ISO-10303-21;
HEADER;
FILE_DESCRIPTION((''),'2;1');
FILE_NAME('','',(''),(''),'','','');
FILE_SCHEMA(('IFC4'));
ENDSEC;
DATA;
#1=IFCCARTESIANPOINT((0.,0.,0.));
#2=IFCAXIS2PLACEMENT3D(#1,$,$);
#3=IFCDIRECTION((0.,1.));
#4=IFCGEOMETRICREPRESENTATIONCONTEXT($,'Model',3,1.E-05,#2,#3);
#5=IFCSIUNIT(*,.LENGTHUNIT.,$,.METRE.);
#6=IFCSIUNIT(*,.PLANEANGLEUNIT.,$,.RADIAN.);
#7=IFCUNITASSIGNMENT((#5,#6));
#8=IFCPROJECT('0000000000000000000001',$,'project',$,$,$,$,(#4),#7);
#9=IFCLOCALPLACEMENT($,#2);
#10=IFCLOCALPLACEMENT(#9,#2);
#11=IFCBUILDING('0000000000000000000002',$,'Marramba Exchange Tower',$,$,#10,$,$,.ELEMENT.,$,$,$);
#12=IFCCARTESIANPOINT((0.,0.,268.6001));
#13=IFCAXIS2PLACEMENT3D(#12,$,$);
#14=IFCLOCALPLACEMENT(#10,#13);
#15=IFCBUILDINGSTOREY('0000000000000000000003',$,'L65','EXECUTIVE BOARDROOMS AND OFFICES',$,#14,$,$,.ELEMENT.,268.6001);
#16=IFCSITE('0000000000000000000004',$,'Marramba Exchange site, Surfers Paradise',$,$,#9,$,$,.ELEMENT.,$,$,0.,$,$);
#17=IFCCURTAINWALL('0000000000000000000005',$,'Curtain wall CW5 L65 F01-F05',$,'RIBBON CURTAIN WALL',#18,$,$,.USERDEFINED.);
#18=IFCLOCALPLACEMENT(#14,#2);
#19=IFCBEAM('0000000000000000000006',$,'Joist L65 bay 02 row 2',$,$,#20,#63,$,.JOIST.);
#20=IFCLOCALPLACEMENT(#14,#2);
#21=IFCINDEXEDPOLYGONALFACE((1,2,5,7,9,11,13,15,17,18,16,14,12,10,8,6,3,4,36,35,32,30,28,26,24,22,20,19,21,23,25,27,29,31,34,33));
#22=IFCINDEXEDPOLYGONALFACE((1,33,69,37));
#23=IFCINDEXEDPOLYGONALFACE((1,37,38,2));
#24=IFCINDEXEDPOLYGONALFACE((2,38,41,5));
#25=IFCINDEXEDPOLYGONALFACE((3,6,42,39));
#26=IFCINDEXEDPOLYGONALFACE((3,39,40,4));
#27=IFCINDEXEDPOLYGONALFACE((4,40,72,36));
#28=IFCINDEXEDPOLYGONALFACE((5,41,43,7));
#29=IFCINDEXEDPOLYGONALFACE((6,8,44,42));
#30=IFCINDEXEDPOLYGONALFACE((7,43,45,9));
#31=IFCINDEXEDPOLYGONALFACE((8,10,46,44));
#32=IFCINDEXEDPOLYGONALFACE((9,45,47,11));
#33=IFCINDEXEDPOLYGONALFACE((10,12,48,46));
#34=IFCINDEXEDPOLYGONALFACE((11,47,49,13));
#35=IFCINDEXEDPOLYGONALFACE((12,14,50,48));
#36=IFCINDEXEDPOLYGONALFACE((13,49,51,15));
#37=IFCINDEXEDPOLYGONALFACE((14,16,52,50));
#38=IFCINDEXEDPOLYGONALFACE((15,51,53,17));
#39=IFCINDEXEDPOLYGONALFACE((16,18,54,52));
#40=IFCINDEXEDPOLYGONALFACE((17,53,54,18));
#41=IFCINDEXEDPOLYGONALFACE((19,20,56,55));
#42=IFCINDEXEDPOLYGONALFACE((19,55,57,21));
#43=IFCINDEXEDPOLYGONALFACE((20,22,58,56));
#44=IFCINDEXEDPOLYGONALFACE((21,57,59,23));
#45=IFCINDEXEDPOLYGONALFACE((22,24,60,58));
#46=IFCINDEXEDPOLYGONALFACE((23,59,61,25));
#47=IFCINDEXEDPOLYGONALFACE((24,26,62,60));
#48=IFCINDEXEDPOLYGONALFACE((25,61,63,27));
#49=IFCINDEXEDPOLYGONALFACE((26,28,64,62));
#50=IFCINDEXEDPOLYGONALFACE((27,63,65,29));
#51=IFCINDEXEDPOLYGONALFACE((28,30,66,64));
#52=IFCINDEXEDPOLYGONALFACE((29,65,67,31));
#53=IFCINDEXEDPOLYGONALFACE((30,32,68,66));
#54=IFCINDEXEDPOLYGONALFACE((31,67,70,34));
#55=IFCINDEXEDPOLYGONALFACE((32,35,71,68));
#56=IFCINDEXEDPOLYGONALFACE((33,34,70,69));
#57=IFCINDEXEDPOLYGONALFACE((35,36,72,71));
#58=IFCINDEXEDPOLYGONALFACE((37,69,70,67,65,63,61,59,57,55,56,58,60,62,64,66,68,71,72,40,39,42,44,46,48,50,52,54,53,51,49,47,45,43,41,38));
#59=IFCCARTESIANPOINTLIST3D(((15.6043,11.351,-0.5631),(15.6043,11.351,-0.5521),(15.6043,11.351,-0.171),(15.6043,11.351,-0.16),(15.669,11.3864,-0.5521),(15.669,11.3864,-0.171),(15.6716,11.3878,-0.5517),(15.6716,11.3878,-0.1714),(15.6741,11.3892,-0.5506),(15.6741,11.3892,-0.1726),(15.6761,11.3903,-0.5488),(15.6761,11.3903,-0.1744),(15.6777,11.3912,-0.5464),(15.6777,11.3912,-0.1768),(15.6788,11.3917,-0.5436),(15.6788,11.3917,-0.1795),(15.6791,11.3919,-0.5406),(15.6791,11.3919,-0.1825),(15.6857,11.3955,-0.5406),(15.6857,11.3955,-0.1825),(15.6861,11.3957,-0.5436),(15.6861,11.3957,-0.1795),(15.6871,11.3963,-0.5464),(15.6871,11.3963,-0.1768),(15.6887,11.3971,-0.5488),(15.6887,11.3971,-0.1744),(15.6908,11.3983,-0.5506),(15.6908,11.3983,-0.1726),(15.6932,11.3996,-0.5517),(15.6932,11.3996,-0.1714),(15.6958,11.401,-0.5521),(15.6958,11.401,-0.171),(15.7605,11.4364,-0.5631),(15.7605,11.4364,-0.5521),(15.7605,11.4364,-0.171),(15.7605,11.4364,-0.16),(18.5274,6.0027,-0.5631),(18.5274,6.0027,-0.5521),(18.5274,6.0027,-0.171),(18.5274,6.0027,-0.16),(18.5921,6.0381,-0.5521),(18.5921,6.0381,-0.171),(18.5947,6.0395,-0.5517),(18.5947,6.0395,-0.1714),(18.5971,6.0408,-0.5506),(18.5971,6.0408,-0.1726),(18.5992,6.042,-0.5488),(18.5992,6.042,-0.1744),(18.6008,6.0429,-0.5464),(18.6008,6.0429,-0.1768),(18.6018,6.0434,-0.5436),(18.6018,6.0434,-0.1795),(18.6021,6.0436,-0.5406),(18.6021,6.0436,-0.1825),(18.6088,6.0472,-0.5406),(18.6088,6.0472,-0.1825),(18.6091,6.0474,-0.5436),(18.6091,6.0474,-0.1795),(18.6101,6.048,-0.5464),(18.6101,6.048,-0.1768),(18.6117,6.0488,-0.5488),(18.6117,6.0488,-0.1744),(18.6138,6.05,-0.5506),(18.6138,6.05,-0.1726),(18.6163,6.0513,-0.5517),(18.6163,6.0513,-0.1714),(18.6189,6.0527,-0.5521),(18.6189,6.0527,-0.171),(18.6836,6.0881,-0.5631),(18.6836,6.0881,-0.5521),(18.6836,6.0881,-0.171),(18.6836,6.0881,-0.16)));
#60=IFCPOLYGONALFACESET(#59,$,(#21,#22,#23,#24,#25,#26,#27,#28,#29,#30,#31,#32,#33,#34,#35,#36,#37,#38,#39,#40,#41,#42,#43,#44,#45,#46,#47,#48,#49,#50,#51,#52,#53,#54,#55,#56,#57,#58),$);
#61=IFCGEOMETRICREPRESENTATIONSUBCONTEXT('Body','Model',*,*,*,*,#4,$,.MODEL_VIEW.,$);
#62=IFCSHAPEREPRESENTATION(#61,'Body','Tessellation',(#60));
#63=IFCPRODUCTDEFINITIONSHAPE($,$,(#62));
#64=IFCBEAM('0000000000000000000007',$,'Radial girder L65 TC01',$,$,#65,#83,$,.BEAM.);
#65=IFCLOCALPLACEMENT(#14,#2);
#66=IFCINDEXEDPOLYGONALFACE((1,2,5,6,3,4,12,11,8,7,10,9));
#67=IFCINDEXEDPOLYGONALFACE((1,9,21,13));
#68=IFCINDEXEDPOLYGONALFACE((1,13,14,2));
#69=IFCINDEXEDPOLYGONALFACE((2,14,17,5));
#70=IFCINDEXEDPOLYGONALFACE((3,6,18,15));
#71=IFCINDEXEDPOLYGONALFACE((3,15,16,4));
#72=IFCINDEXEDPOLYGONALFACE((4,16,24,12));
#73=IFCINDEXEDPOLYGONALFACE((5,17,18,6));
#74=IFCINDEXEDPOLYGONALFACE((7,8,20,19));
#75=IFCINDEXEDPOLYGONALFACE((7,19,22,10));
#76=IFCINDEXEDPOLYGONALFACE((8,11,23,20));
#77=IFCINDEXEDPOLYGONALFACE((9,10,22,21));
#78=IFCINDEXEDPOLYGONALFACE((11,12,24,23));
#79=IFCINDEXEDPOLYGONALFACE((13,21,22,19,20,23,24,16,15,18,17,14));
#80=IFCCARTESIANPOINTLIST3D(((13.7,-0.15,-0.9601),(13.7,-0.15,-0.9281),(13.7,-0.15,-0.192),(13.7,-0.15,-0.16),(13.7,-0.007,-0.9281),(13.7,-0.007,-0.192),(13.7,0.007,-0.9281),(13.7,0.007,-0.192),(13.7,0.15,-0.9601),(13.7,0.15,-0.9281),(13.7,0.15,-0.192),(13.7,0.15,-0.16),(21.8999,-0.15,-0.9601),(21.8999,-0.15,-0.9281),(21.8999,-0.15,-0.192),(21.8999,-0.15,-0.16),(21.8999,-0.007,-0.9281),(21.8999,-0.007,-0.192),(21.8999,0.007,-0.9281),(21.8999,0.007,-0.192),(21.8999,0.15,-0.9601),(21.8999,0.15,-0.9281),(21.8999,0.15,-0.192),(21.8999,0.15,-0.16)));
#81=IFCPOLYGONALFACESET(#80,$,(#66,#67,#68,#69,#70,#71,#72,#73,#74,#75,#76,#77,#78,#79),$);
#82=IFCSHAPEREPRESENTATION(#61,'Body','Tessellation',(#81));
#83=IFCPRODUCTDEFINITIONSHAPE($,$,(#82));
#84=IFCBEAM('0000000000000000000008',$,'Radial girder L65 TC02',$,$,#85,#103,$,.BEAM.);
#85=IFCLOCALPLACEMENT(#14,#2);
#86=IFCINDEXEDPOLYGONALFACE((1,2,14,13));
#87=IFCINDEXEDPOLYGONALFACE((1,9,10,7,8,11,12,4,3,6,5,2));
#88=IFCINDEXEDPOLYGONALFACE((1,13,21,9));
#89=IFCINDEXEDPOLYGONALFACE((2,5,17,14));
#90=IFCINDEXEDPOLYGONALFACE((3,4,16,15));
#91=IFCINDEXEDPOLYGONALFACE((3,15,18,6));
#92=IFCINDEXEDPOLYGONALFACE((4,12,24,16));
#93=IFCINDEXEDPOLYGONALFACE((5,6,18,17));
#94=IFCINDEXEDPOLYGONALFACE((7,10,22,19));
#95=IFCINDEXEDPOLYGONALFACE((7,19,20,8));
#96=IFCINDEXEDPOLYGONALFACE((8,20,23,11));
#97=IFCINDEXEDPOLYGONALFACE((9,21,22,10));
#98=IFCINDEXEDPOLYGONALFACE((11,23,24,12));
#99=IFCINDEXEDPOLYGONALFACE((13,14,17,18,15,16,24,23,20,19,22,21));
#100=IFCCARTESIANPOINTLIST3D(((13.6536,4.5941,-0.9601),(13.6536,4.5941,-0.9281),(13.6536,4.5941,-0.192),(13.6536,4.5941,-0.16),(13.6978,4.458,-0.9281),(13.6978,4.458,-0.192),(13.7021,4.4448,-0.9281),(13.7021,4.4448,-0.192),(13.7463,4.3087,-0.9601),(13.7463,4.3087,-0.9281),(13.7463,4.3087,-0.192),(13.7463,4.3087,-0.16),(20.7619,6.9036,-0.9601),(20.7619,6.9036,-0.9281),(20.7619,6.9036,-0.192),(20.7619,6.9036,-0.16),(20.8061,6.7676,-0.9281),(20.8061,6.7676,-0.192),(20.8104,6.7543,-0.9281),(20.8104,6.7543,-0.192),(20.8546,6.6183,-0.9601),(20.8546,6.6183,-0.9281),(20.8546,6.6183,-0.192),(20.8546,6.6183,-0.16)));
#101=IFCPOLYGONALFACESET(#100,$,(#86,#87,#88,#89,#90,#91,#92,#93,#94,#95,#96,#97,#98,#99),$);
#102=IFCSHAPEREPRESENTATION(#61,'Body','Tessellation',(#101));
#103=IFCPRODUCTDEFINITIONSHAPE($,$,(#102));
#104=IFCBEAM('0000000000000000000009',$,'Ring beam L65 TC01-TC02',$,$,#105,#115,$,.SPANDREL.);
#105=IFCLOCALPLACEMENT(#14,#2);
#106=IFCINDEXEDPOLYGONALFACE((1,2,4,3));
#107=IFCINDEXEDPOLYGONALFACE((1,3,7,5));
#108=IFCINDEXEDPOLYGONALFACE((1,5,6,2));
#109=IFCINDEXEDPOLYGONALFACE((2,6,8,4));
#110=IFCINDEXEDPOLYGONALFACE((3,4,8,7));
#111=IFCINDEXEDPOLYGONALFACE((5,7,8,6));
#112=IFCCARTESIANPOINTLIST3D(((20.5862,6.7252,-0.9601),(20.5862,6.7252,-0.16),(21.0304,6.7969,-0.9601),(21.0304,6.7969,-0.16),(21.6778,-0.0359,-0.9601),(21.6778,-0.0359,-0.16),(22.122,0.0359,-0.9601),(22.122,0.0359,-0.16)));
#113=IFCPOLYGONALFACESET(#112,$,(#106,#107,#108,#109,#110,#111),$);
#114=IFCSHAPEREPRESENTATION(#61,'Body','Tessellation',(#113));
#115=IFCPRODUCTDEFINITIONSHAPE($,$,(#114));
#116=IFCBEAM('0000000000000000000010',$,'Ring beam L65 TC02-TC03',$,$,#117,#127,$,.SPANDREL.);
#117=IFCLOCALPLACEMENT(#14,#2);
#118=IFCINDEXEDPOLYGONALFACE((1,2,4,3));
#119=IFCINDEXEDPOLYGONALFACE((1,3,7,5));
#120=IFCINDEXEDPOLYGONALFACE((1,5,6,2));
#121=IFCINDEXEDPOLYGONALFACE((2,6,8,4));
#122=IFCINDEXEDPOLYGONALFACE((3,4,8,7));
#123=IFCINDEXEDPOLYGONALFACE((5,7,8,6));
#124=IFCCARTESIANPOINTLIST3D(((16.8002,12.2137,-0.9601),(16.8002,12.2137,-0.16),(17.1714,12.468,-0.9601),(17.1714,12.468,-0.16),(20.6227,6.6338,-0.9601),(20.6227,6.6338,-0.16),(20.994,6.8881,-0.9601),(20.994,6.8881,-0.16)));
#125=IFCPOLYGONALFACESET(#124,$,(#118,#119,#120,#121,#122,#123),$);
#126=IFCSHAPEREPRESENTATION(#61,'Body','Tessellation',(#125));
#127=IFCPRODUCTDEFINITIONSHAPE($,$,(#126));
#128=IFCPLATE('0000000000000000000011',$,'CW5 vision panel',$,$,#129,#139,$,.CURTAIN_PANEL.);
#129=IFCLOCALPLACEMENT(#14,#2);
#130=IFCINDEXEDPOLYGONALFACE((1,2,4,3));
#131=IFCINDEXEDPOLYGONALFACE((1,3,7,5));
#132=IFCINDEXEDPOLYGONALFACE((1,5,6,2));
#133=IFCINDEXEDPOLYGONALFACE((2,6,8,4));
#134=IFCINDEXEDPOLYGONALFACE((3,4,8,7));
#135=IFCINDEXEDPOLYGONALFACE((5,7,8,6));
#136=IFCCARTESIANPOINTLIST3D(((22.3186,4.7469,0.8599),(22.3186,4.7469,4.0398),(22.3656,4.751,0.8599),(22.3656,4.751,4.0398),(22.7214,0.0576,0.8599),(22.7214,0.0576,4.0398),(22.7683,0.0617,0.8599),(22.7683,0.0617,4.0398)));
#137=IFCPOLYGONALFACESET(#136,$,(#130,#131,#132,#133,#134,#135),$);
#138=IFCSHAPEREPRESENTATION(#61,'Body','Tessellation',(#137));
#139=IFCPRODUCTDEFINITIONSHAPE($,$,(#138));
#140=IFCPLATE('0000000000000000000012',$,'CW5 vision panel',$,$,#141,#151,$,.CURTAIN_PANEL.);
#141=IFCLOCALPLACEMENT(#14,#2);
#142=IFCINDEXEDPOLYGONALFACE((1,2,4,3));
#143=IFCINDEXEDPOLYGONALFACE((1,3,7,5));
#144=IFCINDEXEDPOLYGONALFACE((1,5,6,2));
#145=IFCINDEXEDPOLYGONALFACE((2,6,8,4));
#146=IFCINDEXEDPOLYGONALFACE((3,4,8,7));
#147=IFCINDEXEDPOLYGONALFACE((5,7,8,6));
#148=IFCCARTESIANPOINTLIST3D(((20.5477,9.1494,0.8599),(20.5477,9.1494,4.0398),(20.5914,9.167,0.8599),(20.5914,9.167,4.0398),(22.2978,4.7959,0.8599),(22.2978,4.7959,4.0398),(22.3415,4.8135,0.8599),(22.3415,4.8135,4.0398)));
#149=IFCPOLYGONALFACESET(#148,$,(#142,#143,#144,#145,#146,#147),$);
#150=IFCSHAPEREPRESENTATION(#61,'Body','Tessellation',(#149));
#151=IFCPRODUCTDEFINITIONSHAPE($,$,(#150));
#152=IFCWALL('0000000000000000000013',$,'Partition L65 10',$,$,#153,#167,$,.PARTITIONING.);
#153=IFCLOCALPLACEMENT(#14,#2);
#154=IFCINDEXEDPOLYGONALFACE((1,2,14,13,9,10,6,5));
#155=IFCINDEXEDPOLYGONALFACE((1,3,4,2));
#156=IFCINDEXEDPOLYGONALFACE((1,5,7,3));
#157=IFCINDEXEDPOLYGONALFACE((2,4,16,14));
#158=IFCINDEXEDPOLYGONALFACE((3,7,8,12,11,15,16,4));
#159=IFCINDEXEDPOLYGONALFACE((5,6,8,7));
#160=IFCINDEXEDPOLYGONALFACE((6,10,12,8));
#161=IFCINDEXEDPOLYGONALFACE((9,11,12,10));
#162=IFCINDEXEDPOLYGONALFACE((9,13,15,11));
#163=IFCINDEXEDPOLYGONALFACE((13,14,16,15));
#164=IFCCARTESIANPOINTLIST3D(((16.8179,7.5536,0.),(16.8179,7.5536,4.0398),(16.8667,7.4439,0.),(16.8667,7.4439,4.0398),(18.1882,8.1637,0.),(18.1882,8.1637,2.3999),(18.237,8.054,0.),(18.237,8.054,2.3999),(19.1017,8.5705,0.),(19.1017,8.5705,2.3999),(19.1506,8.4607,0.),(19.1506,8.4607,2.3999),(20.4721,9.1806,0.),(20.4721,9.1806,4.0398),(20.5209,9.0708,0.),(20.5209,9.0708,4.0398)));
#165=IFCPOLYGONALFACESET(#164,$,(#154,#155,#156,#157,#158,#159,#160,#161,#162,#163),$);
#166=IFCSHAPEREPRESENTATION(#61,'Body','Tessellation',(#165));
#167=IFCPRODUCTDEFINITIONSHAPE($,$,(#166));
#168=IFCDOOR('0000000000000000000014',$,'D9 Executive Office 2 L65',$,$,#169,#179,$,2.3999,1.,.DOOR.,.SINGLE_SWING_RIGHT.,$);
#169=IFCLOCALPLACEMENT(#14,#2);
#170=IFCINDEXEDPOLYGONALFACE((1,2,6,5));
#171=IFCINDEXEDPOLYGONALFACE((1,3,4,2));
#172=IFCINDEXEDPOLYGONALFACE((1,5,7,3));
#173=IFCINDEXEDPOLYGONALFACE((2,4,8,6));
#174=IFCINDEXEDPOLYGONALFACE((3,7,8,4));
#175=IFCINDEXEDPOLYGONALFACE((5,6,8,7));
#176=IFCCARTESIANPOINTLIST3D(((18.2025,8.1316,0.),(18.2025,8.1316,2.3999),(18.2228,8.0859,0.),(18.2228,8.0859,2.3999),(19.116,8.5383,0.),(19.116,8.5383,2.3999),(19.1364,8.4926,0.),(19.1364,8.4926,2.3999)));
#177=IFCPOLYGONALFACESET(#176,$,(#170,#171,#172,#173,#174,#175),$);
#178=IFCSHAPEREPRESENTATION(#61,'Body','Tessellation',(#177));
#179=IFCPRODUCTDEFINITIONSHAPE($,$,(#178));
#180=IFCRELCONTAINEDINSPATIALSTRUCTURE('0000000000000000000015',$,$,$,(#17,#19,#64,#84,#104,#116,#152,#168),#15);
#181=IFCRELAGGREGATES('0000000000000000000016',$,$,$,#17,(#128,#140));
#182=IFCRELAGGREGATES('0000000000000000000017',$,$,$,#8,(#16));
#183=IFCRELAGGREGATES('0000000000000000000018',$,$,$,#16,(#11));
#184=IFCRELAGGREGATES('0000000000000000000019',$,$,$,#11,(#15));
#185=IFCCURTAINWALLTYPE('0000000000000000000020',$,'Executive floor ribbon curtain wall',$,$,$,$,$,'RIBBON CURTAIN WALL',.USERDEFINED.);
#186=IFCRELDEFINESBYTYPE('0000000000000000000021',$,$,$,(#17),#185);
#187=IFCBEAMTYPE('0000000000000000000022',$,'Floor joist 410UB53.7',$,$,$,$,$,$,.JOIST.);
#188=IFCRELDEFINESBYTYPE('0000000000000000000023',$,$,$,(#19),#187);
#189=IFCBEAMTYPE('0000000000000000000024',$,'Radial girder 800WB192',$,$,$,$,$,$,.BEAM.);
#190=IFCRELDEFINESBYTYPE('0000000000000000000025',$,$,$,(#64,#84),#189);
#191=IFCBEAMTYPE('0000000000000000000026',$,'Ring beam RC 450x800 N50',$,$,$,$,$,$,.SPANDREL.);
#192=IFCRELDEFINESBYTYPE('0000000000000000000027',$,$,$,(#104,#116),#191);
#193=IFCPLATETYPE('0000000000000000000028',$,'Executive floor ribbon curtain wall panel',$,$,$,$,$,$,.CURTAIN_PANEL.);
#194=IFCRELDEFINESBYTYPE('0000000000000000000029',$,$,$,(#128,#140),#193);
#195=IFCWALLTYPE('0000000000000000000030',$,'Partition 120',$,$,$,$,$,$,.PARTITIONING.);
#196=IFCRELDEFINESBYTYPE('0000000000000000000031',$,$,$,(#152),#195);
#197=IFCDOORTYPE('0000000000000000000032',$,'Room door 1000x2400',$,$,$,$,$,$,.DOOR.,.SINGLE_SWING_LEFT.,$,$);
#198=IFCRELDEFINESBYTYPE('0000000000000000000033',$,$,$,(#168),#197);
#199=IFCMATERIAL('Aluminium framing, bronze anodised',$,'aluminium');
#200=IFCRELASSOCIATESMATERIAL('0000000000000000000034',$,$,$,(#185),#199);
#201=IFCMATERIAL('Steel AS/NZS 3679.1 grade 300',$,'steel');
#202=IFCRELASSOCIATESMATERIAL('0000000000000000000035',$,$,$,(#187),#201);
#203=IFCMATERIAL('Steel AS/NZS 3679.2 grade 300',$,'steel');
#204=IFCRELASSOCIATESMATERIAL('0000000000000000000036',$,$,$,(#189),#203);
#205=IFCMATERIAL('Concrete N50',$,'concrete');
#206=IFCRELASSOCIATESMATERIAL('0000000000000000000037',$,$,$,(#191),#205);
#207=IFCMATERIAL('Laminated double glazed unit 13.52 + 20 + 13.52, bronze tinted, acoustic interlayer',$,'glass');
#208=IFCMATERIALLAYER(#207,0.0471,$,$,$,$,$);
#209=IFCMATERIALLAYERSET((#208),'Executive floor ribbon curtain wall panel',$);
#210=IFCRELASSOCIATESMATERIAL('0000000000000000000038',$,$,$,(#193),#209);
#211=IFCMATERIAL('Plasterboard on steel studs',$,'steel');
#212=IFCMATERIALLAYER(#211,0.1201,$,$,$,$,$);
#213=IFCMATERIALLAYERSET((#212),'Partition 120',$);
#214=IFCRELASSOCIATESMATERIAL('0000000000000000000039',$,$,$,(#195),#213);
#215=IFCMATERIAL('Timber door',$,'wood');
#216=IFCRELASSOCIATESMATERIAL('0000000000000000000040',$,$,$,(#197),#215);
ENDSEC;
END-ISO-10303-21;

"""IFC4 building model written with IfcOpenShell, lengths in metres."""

from ifc_helpers import new_model, si_unit, direction, frame, frame_2d, origin, origin_2d, place, context, subcontext, project, spatial, rectangle, i_section, extrude, material, layer, layer_set, material_profile, profile_set, type_object, element, fill, aggregate, save


model = new_model("IFC4")

# Units and contexts
model_context = context("Model", 3, precision=1e-05, world=origin(), true_north=direction((0.0, 1.0)))
body_context = subcontext(model_context, "Body", "Model", "MODEL_VIEW")
ifc_project = project(units=[si_unit("LENGTHUNIT", "METRE"), si_unit("PLANEANGLEUNIT", "RADIAN")], contexts=[model_context])

# Site, building, storey
site_placement = place(None, origin())
site = spatial("IfcSite", under=ifc_project, at=site_placement, Name="Marramba Exchange site, Surfers Paradise", CompositionType="ELEMENT", RefElevation=0.0)
building_placement = place(site_placement, origin())
building = spatial("IfcBuilding", under=site, at=building_placement, Name="Marramba Exchange Tower", CompositionType="ELEMENT")
storey_placement = place(building_placement, frame((0.0, 0.0, 268.6001)))
storey = spatial("IfcBuildingStorey", under=building, at=storey_placement, Name="L65", Description="EXECUTIVE BOARDROOMS AND OFFICES", CompositionType="ELEMENT", Elevation=268.6001)

# Shared definitions
ifc_material_1 = material(Name="Concrete N50", Category="concrete")

# Curtain wall
ifc_material_2 = material(Name="Aluminium framing, bronze anodised", Category="aluminium")
curtain_wall_type = type_object("IfcCurtainWallType", Name="Executive floor ribbon curtain wall", ElementType="RIBBON CURTAIN WALL", PredefinedType="USERDEFINED", material=ifc_material_2)
curtain_wall_placement = place(storey_placement, origin())
curtain_wall = element("IfcCurtainWall", 1, at=curtain_wall_placement, inside=storey, type_object=curtain_wall_type, Name="Curtain wall CW5 L65 F01-F05", ObjectType="RIBBON CURTAIN WALL", PredefinedType="USERDEFINED")

# Beams
ifc_material_3 = material(Name="Steel AS/NZS 3679.1 grade 300", Category="steel")
ifc_material_profile_1 = material_profile(ifc_material_3, i_section(OverallWidth=0.178, OverallDepth=0.4031, WebThickness=0.0076, FlangeThickness=0.011, FilletRadius=0.0115, at=origin_2d()), Name="410UB53.7")
ifc_profile_set_1 = profile_set([ifc_material_profile_1], Name="Steel AS/NZS 3679.1 grade 300")
beam_type_1 = type_object("IfcBeamType", Name="Floor joist 410UB53.7", PredefinedType="JOIST", material=ifc_profile_set_1)
beam_1_placement = place(storey_placement, frame((18.6055, 6.0454, -0.3616), z_axis=(-0.479584, 0.877496, 0.0), x_axis=(-0.877496, -0.479584, 0.0)))
element("IfcBeam", 2, at=beam_1_placement, inside=storey, type_object=beam_type_1, Name="Joist L65 bay 02 row 2", PredefinedType="JOIST", context=body_context, shape_type="SweptSolid", body=[
    extrude(i_section(OverallWidth=0.178, OverallDepth=0.4031, WebThickness=0.0076, FlangeThickness=0.011, FilletRadius=0.0115, at=origin_2d()), origin(), (0.0, 0.0, 1.0), 6.095),
])
ifc_material_4 = material(Name="Steel AS/NZS 3679.2 grade 300", Category="steel")
ifc_material_profile_2 = material_profile(ifc_material_4, i_section(OverallWidth=0.3, OverallDepth=0.8, WebThickness=0.0139, FlangeThickness=0.032, at=origin_2d()), Name="800WB192")
ifc_profile_set_2 = profile_set([ifc_material_profile_2], Name="Steel AS/NZS 3679.2 grade 300")
beam_type_2 = type_object("IfcBeamType", Name="Radial girder 800WB192", PredefinedType="BEAM", material=ifc_profile_set_2)
beam_2_placement = place(storey_placement, frame((13.7, 0.0, -0.5601), z_axis=(1.0, 0.0, 0.0), x_axis=(0.0, 1.0, 0.0)))
element("IfcBeam", 3, at=beam_2_placement, inside=storey, type_object=beam_type_2, Name="Radial girder L65 TC01", PredefinedType="BEAM", context=body_context, shape_type="SweptSolid", body=[
    extrude(i_section(OverallWidth=0.3, OverallDepth=0.8, WebThickness=0.0139, FlangeThickness=0.032, at=origin_2d()), origin(), (0.0, 0.0, 1.0), 8.2),
])
beam_3_placement = place(storey_placement, frame((13.7, 4.4514, -0.5601), z_axis=(0.95106, 0.309006, 0.0), x_axis=(-0.309006, 0.95106, 0.0)))
element("IfcBeam", 4, at=beam_3_placement, inside=storey, type_object=beam_type_2, Name="Radial girder L65 TC02", PredefinedType="BEAM", context=body_context, shape_type="SweptSolid", body=[
    extrude(i_section(OverallWidth=0.3, OverallDepth=0.8, WebThickness=0.0139, FlangeThickness=0.032, at=origin_2d()), origin(), (0.0, 0.0, 1.0), 7.4741),
])
ifc_material_profile_3 = material_profile(ifc_material_1, rectangle(XDim=0.45, YDim=0.8, at=origin_2d()), Name="RC 450x800")
ifc_profile_set_3 = profile_set([ifc_material_profile_3], Name="Concrete N50")
beam_type_3 = type_object("IfcBeamType", Name="Ring beam RC 450x800 N50", PredefinedType="SPANDREL", material=ifc_profile_set_3)
beam_4_placement = place(storey_placement, frame((21.8999, 0.0, -0.5601), z_axis=(-0.159385, 0.987217, 0.0), x_axis=(-0.987217, -0.159385, 0.0)))
element("IfcBeam", 5, at=beam_4_placement, inside=storey, type_object=beam_type_3, Name="Ring beam L65 TC01-TC02", PredefinedType="SPANDREL", context=body_context, shape_type="SweptSolid", body=[
    extrude(rectangle(XDim=0.45, YDim=0.8, at=origin_2d()), origin(), (0.0, 0.0, 1.0), 6.8486),
])
beam_5_placement = place(storey_placement, frame((20.8083, 6.761, -0.5601), z_axis=(-0.56516, 0.824981, 0.0), x_axis=(-0.824981, -0.56516, 0.0)))
element("IfcBeam", 6, at=beam_5_placement, inside=storey, type_object=beam_type_3, Name="Ring beam L65 TC02-TC03", PredefinedType="SPANDREL", context=body_context, shape_type="SweptSolid", body=[
    extrude(rectangle(XDim=0.45, YDim=0.8, at=origin_2d()), origin(), (0.0, 0.0, 1.0), 6.7637),
])

# Plates
ifc_material_5 = material(Name="Laminated double glazed unit 13.52 + 20 + 13.52, bronze tinted, acoustic interlayer", Category="glass")
ifc_layer_1 = layer(ifc_material_5, 0.0471)
ifc_layer_set_1 = layer_set([ifc_layer_1], Name="Executive floor ribbon curtain wall panel")
plate_type = type_object("IfcPlateType", Name="Executive floor ribbon curtain wall panel", PredefinedType="CURTAIN_PANEL", material=ifc_layer_set_1)
plate_1_placement = place(storey_placement, frame((22.5435, 2.4043, 0.8599), z_axis=(0.0, 0.0, 1.0), x_axis=(-0.085574, 0.996332, 0.0)))
plate_1 = element("IfcPlate", 7, at=plate_1_placement, type_object=plate_type, Name="CW5 vision panel", PredefinedType="CURTAIN_PANEL", context=body_context, shape_type="SweptSolid", body=[
    extrude(rectangle(XDim=4.7065, YDim=0.0471, at=origin_2d()), origin(), (0.0, 0.0, 1.0), 3.1799),
])
plate_2_placement = place(storey_placement, frame((21.4446, 6.9814, 0.8599), z_axis=(0.0, 0.0, 1.0), x_axis=(-0.372983, 0.927838, 0.0)))
plate_2 = element("IfcPlate", 8, at=plate_2_placement, type_object=plate_type, Name="CW5 vision panel", PredefinedType="CURTAIN_PANEL", context=body_context, shape_type="SweptSolid", body=[
    extrude(rectangle(XDim=4.6921, YDim=0.0471, at=origin_2d()), origin(), (0.0, 0.0, 1.0), 3.1799),
])
aggregate(curtain_wall, [plate_1, plate_2])

# Wall, opening, door
ifc_material_6 = material(Name="Plasterboard on steel studs", Category="steel")
ifc_layer_2 = layer(ifc_material_6, 0.1201)
ifc_layer_set_2 = layer_set([ifc_layer_2], Name="Partition 120")
wall_type = type_object("IfcWallType", Name="Partition 120", PredefinedType="PARTITIONING", material=ifc_layer_set_2)
wall_placement = place(storey_placement, frame((16.8423, 7.4988, 0.0), z_axis=(0.0, 0.0, 1.0), x_axis=(0.91355, 0.406727, 0.0)))
wall = element("IfcWall", 9, at=wall_placement, inside=storey, type_object=wall_type, Name="Partition L65 10", PredefinedType="PARTITIONING", context=body_context, shape_type="SweptSolid", body=[
    extrude(rectangle(XDim=4.0, YDim=0.1201, at=frame_2d((2.0, 0.0))), origin(), (0.0, 0.0, 1.0), 4.0398),
])
opening_placement = place(wall_placement, frame((1.5, 0.0, 0.0)))
opening = element("IfcOpeningElement", 10, at=opening_placement, cuts=wall, PredefinedType="OPENING", context=body_context, shape_type="SweptSolid", body=[
    extrude(rectangle(XDim=1.0, YDim=2.3999, at=frame_2d((0.5, 1.2))), frame((0.0, 0.0701, 0.0), z_axis=(0.0, -1.0, 0.0), x_axis=(1.0, 0.0, 0.0)), (0.0, 0.0, 1.0), 0.1401),
])
ifc_material_7 = material(Name="Timber door", Category="wood")
door_type = type_object("IfcDoorType", Name="Room door 1000x2400", OperationType="SINGLE_SWING_LEFT", PredefinedType="DOOR", material=ifc_material_7)
door_placement = place(opening_placement, origin())
door = element("IfcDoor", 11, at=door_placement, inside=storey, type_object=door_type, Name="D9 Executive Office 2 L65", OperationType="SINGLE_SWING_RIGHT", OverallHeight=2.3999, OverallWidth=1.0, PredefinedType="DOOR", context=body_context, shape_type="SweptSolid", body=[
    extrude(rectangle(XDim=1.0, YDim=2.3999, at=frame_2d((0.5, 1.2))), frame((0.0, 0.0249, 0.0), z_axis=(0.0, -1.0, 0.0), x_axis=(1.0, 0.0, 0.0)), (0.0, 0.0, 1.0), 0.05),
])
fill(opening, door)

save(model, "model.ifc")
